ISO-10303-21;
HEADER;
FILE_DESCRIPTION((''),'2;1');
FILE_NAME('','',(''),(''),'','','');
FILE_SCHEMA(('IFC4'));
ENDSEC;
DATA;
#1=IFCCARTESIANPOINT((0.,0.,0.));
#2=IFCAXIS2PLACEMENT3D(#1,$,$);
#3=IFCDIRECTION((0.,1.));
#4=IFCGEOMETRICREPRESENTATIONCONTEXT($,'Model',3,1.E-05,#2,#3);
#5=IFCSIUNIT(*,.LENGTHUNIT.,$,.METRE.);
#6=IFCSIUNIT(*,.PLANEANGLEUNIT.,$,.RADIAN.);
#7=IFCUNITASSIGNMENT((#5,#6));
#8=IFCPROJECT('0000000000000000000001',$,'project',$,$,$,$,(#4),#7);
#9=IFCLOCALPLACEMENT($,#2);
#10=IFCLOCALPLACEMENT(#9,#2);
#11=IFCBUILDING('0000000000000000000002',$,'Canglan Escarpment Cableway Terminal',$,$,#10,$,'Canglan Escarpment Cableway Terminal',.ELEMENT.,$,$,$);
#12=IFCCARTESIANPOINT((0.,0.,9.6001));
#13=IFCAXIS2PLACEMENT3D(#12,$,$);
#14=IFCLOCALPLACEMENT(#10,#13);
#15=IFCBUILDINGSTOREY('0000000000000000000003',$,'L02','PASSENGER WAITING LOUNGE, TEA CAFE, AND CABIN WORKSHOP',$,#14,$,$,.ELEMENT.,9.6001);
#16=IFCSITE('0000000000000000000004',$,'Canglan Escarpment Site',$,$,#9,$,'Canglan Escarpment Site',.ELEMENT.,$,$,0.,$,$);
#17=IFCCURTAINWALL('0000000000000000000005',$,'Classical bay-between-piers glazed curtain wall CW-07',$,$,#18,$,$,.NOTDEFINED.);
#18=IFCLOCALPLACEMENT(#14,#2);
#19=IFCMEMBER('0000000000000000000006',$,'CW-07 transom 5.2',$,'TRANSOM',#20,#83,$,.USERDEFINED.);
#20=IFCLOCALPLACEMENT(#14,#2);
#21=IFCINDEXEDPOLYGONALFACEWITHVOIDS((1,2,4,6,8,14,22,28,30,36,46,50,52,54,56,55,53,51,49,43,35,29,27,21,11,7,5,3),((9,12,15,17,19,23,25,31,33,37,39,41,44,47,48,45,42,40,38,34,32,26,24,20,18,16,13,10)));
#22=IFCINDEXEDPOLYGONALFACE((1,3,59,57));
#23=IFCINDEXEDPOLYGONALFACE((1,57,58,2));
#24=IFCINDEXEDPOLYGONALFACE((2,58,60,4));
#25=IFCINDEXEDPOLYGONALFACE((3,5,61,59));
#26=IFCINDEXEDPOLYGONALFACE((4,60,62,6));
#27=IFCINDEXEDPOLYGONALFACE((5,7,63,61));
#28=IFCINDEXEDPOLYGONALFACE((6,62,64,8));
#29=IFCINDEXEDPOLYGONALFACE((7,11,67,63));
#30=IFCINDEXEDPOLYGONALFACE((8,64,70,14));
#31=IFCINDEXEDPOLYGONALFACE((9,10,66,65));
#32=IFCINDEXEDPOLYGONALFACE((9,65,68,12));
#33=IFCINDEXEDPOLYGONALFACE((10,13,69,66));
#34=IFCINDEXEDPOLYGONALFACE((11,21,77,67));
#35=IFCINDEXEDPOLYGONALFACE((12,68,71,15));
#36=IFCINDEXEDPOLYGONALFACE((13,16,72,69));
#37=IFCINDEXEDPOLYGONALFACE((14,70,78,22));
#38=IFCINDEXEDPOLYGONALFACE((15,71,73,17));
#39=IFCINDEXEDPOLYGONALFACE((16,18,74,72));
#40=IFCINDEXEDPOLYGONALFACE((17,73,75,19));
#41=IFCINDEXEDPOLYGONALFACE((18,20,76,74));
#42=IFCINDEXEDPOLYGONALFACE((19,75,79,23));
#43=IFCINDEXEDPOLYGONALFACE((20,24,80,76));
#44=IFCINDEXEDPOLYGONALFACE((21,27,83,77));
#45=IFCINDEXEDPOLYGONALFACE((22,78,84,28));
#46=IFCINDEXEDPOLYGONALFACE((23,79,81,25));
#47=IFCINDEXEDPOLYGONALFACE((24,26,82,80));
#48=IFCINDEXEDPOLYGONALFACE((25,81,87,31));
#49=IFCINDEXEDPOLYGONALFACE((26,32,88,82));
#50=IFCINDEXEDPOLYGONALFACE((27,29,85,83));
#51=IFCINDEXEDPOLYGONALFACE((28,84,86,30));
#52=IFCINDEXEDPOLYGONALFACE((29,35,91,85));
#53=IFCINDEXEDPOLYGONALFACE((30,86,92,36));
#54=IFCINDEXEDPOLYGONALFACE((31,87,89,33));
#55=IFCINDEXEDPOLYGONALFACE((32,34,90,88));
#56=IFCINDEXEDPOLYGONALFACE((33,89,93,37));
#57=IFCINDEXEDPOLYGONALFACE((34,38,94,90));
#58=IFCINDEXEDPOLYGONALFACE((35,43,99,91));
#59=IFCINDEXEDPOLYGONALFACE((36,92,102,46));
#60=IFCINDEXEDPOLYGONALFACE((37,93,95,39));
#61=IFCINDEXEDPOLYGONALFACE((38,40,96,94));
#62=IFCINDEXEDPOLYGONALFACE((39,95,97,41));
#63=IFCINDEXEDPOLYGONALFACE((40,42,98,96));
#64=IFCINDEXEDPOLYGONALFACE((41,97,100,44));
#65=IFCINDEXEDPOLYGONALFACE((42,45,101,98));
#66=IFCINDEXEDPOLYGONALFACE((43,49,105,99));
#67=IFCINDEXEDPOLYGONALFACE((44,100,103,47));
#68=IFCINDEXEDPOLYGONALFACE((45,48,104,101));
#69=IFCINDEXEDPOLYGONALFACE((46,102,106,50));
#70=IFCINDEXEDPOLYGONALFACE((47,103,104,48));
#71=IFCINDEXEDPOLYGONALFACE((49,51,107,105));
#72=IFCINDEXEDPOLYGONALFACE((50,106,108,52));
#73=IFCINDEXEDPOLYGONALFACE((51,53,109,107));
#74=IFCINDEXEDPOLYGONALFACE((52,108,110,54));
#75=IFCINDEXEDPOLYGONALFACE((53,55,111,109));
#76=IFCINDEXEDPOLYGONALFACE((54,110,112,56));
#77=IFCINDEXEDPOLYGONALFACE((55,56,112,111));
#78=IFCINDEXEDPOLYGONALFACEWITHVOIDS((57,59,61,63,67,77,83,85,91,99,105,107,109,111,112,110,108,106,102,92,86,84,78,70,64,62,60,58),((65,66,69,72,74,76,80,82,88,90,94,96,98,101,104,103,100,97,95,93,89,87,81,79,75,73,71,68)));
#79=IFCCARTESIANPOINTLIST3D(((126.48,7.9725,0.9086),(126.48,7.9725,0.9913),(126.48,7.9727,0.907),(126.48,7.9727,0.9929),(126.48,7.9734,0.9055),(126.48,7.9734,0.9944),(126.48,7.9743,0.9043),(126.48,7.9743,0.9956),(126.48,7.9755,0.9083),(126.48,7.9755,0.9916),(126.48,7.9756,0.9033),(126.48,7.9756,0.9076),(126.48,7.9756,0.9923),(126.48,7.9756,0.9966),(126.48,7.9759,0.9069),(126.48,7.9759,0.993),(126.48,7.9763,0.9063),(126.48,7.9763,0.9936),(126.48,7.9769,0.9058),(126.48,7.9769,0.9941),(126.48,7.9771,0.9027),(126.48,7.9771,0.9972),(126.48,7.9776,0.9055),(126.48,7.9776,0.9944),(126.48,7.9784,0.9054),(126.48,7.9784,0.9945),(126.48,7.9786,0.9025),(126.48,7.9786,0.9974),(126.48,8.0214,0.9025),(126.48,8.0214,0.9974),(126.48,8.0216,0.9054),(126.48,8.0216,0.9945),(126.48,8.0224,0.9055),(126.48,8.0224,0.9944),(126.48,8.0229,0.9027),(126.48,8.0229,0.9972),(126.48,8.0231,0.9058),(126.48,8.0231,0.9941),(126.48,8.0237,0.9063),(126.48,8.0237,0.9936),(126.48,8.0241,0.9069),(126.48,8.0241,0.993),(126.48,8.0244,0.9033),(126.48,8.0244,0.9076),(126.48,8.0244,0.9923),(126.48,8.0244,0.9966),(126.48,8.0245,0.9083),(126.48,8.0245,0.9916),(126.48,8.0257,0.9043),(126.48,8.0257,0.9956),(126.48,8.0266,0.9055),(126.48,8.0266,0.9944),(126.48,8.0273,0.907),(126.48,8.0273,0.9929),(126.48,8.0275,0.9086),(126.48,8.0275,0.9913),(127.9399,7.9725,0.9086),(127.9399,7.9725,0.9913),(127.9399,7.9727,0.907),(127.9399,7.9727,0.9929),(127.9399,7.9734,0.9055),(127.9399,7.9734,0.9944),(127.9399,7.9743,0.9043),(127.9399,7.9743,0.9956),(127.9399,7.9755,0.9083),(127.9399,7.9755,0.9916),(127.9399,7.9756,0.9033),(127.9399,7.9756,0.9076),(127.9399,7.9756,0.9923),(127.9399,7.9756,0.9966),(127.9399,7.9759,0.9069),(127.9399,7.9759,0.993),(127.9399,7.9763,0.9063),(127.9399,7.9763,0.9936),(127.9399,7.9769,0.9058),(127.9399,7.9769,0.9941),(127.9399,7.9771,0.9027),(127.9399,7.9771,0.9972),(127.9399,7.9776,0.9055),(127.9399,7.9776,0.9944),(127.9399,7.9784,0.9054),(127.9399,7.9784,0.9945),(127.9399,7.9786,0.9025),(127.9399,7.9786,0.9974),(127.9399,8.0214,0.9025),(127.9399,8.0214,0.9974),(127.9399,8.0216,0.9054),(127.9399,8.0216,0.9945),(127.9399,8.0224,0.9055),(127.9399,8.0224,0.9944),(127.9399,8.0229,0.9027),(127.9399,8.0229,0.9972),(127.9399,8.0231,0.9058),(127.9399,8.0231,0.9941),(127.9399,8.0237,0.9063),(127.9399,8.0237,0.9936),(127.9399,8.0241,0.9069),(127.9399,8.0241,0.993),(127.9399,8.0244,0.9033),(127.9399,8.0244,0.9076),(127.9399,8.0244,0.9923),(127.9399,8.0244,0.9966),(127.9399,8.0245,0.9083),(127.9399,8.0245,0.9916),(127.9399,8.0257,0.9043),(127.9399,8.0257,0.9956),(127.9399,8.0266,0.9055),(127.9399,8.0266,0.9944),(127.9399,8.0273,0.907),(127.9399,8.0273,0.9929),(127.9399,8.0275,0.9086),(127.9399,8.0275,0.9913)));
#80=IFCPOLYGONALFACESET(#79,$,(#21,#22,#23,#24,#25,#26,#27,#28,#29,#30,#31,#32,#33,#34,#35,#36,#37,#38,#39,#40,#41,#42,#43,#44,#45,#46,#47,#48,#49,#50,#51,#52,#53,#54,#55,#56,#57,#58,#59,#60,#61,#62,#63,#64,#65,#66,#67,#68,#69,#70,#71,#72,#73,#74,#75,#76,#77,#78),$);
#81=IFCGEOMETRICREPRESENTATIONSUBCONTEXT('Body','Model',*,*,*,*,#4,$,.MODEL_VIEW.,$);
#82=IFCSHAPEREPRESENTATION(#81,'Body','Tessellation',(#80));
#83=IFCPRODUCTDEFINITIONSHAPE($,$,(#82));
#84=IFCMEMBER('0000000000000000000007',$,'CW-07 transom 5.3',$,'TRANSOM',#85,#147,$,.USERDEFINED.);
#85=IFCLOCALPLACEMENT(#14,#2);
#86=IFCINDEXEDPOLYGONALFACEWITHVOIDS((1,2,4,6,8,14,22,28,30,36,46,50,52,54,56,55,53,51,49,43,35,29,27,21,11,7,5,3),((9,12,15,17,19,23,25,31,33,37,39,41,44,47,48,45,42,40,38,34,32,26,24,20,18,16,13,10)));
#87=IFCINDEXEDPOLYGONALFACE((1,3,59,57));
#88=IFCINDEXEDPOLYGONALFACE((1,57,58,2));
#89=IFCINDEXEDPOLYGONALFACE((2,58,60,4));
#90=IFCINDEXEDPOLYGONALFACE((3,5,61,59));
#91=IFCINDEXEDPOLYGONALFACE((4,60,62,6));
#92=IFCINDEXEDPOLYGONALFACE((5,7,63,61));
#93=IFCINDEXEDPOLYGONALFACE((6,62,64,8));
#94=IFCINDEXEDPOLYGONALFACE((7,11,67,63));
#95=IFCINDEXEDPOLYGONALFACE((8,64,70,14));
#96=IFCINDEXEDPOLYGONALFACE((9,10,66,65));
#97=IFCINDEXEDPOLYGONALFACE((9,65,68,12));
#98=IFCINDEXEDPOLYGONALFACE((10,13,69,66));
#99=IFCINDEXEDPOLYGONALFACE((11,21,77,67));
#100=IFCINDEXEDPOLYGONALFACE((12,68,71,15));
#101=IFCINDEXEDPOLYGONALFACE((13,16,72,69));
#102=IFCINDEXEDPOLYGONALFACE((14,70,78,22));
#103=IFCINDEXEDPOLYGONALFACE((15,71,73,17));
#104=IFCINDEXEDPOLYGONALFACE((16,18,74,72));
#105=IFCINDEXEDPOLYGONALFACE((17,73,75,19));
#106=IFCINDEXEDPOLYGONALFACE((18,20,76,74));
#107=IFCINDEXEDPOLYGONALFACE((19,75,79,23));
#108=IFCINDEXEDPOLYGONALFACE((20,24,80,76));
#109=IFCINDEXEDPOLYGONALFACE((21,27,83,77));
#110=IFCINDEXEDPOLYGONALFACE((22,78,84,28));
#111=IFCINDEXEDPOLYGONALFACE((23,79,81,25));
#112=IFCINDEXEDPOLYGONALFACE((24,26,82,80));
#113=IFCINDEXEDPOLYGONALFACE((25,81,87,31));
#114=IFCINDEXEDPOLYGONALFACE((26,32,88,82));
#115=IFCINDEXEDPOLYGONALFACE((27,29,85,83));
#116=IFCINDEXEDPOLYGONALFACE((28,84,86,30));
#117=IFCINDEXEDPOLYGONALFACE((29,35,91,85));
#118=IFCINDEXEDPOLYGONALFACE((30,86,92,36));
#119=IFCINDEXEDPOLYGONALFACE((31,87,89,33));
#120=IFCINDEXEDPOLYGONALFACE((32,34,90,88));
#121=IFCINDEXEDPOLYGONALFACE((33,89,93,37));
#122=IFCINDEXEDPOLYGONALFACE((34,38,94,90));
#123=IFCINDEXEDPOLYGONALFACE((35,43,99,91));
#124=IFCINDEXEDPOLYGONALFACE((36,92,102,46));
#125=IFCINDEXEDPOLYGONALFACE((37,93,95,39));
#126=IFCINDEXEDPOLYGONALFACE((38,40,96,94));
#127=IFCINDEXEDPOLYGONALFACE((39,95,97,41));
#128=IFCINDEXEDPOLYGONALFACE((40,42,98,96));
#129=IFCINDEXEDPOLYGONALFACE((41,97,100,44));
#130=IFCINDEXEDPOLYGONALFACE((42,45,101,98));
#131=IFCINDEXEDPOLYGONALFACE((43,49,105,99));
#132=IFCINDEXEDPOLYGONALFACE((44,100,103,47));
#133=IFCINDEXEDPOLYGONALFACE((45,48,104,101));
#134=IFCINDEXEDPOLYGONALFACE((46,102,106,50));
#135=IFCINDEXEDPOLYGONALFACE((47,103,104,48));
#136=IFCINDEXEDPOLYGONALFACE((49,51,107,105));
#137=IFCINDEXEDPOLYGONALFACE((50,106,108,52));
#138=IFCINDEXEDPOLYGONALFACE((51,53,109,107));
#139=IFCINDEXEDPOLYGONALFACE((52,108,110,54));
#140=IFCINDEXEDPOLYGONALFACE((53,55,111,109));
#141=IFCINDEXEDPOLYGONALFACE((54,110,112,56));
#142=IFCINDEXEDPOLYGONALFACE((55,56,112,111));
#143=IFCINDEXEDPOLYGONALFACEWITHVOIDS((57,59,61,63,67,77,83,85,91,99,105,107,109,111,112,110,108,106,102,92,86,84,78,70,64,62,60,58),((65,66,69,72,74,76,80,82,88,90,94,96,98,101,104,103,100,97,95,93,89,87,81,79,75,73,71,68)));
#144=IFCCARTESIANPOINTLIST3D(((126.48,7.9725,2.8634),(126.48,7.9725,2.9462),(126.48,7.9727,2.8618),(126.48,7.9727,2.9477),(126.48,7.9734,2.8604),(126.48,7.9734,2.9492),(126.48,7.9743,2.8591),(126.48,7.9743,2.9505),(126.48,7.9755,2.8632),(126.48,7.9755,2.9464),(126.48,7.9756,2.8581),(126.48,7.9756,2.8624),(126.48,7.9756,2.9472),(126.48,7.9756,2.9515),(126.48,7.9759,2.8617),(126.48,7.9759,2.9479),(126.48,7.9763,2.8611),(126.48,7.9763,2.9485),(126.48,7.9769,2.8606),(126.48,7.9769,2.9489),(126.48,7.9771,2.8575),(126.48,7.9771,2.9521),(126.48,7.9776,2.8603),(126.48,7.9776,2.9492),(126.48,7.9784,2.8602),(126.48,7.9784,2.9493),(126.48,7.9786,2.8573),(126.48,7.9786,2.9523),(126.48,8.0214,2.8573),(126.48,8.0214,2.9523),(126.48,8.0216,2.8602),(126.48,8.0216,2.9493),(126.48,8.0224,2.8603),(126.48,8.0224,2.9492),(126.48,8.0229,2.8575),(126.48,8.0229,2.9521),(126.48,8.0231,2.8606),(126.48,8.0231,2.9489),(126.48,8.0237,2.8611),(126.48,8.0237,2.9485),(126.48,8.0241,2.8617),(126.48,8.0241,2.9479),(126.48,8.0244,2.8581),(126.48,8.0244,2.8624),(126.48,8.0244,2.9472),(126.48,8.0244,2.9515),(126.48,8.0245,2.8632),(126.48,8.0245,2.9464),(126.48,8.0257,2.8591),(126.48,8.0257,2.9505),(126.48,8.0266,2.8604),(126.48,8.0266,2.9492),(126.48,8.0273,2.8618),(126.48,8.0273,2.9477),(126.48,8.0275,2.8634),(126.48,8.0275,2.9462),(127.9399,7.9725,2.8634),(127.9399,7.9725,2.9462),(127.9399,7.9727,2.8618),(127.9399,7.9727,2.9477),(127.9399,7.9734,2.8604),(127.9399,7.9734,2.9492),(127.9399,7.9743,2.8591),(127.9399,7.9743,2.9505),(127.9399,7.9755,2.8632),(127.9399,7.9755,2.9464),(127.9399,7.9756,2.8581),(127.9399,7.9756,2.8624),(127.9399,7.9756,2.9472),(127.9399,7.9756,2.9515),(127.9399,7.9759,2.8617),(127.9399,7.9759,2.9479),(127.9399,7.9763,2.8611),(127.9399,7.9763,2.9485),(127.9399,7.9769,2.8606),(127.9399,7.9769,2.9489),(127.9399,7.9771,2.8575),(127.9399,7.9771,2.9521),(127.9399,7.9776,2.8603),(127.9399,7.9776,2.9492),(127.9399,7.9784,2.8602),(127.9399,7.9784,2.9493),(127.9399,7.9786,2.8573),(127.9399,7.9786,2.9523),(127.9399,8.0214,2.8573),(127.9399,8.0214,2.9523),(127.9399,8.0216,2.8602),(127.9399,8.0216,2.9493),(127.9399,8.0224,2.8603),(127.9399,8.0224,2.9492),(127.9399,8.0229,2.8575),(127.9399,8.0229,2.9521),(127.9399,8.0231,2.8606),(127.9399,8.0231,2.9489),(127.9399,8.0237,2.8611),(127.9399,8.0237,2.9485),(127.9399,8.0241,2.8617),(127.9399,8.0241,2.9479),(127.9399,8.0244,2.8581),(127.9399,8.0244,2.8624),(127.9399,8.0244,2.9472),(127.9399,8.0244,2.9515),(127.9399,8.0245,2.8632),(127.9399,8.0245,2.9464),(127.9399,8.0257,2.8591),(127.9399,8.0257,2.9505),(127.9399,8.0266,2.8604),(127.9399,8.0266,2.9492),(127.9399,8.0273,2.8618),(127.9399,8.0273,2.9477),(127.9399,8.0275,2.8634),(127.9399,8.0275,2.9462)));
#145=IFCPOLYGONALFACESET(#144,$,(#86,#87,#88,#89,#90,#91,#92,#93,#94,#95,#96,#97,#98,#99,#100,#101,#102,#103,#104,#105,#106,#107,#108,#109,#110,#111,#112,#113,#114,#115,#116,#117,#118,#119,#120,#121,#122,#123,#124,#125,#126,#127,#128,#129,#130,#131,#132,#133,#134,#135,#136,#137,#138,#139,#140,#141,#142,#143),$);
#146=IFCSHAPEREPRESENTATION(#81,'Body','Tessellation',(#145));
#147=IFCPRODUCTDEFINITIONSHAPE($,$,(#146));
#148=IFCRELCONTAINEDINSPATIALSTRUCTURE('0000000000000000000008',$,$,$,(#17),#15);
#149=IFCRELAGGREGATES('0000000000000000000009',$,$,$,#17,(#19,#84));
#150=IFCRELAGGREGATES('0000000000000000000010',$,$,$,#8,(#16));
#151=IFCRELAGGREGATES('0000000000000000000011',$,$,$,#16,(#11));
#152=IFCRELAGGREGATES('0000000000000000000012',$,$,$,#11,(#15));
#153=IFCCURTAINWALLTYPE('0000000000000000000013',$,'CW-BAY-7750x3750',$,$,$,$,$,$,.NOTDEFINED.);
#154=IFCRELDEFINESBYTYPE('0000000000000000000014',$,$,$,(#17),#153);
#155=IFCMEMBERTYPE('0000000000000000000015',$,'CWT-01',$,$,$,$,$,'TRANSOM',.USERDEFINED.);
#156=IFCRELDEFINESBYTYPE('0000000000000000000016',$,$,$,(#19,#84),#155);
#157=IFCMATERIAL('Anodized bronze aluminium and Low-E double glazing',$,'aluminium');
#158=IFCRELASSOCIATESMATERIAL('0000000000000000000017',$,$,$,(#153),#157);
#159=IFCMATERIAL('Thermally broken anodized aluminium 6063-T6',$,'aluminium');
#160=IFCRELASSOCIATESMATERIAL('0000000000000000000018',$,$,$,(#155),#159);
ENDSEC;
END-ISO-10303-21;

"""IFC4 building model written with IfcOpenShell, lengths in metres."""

from ifc_helpers import new_model, si_unit, direction, frame, origin, origin_2d, place, context, subcontext, project, spatial, hollow_rectangle, extrude, material, material_profile, profile_set, type_object, element, aggregate, save


model = new_model("IFC4")

# Units and contexts
model_context = context("Model", 3, precision=1e-05, world=origin(), true_north=direction((0.0, 1.0)))
body_context = subcontext(model_context, "Body", "Model", "MODEL_VIEW")
ifc_project = project(units=[si_unit("LENGTHUNIT", "METRE"), si_unit("PLANEANGLEUNIT", "RADIAN")], contexts=[model_context])

# Site, building, storey
site_placement = place(None, origin())
site = spatial("IfcSite", under=ifc_project, at=site_placement, Name="Canglan Escarpment Site", LongName="Canglan Escarpment Site", CompositionType="ELEMENT", RefElevation=0.0)
building_placement = place(site_placement, origin())
building = spatial("IfcBuilding", under=site, at=building_placement, Name="Canglan Escarpment Cableway Terminal", LongName="Canglan Escarpment Cableway Terminal", CompositionType="ELEMENT")
storey_placement = place(building_placement, frame((0.0, 0.0, 9.6001)))
storey = spatial("IfcBuildingStorey", under=building, at=storey_placement, Name="L02", Description="PASSENGER WAITING LOUNGE, TEA CAFE, AND CABIN WORKSHOP", CompositionType="ELEMENT", Elevation=9.6001)

# Curtain wall, members
ifc_material_1 = material(Name="Anodized bronze aluminium and Low-E double glazing", Category="aluminium")
curtain_wall_type = type_object("IfcCurtainWallType", Name="CW-BAY-7750x3750", PredefinedType="NOTDEFINED", material=ifc_material_1)
curtain_wall_placement = place(storey_placement, origin())
curtain_wall = element("IfcCurtainWall", 1, at=curtain_wall_placement, inside=storey, type_object=curtain_wall_type, Name="Classical bay-between-piers glazed curtain wall CW-07", PredefinedType="NOTDEFINED")
ifc_material_2 = material(Name="Thermally broken anodized aluminium 6063-T6", Category="aluminium")
ifc_material_profile_1 = material_profile(ifc_material_2, hollow_rectangle(XDim=0.0549, YDim=0.095, WallThickness=0.0029, InnerFilletRadius=0.0029, OuterFilletRadius=0.0061, at=origin_2d()), Name="ALU-TRAN 55x95x3")
ifc_profile_set_1 = profile_set([ifc_material_profile_1], Name="Thermally broken anodized aluminium 6063-T6")
member_type_1 = type_object("IfcMemberType", Name="CWT-01", ElementType="TRANSOM", PredefinedType="USERDEFINED", material=ifc_profile_set_1)
member_1_placement = place(storey_placement, frame((126.48, 8.0, 0.95), z_axis=(1.0, 0.0, 0.0), x_axis=(0.0, 1.0, 0.0)))
member_1 = element("IfcMember", 2, at=member_1_placement, type_object=member_type_1, Name="CW-07 transom 5.2", ObjectType="TRANSOM", PredefinedType="USERDEFINED", context=body_context, shape_type="SweptSolid", body=[
    extrude(hollow_rectangle(XDim=0.0549, YDim=0.095, WallThickness=0.0029, InnerFilletRadius=0.0029, OuterFilletRadius=0.0061, at=origin_2d()), origin(), (0.0, 0.0, 1.0), 1.46),
])
member_2_placement = place(storey_placement, frame((126.48, 8.0, 2.9048), z_axis=(1.0, 0.0, 0.0), x_axis=(0.0, 1.0, 0.0)))
member_2 = element("IfcMember", 3, at=member_2_placement, type_object=member_type_1, Name="CW-07 transom 5.3", ObjectType="TRANSOM", PredefinedType="USERDEFINED", context=body_context, shape_type="SweptSolid", body=[
    extrude(hollow_rectangle(XDim=0.0549, YDim=0.095, WallThickness=0.0029, InnerFilletRadius=0.0029, OuterFilletRadius=0.0061, at=origin_2d()), origin(), (0.0, 0.0, 1.0), 1.46),
])

aggregate(curtain_wall, [member_1, member_2])

save(model, "model.ifc")
